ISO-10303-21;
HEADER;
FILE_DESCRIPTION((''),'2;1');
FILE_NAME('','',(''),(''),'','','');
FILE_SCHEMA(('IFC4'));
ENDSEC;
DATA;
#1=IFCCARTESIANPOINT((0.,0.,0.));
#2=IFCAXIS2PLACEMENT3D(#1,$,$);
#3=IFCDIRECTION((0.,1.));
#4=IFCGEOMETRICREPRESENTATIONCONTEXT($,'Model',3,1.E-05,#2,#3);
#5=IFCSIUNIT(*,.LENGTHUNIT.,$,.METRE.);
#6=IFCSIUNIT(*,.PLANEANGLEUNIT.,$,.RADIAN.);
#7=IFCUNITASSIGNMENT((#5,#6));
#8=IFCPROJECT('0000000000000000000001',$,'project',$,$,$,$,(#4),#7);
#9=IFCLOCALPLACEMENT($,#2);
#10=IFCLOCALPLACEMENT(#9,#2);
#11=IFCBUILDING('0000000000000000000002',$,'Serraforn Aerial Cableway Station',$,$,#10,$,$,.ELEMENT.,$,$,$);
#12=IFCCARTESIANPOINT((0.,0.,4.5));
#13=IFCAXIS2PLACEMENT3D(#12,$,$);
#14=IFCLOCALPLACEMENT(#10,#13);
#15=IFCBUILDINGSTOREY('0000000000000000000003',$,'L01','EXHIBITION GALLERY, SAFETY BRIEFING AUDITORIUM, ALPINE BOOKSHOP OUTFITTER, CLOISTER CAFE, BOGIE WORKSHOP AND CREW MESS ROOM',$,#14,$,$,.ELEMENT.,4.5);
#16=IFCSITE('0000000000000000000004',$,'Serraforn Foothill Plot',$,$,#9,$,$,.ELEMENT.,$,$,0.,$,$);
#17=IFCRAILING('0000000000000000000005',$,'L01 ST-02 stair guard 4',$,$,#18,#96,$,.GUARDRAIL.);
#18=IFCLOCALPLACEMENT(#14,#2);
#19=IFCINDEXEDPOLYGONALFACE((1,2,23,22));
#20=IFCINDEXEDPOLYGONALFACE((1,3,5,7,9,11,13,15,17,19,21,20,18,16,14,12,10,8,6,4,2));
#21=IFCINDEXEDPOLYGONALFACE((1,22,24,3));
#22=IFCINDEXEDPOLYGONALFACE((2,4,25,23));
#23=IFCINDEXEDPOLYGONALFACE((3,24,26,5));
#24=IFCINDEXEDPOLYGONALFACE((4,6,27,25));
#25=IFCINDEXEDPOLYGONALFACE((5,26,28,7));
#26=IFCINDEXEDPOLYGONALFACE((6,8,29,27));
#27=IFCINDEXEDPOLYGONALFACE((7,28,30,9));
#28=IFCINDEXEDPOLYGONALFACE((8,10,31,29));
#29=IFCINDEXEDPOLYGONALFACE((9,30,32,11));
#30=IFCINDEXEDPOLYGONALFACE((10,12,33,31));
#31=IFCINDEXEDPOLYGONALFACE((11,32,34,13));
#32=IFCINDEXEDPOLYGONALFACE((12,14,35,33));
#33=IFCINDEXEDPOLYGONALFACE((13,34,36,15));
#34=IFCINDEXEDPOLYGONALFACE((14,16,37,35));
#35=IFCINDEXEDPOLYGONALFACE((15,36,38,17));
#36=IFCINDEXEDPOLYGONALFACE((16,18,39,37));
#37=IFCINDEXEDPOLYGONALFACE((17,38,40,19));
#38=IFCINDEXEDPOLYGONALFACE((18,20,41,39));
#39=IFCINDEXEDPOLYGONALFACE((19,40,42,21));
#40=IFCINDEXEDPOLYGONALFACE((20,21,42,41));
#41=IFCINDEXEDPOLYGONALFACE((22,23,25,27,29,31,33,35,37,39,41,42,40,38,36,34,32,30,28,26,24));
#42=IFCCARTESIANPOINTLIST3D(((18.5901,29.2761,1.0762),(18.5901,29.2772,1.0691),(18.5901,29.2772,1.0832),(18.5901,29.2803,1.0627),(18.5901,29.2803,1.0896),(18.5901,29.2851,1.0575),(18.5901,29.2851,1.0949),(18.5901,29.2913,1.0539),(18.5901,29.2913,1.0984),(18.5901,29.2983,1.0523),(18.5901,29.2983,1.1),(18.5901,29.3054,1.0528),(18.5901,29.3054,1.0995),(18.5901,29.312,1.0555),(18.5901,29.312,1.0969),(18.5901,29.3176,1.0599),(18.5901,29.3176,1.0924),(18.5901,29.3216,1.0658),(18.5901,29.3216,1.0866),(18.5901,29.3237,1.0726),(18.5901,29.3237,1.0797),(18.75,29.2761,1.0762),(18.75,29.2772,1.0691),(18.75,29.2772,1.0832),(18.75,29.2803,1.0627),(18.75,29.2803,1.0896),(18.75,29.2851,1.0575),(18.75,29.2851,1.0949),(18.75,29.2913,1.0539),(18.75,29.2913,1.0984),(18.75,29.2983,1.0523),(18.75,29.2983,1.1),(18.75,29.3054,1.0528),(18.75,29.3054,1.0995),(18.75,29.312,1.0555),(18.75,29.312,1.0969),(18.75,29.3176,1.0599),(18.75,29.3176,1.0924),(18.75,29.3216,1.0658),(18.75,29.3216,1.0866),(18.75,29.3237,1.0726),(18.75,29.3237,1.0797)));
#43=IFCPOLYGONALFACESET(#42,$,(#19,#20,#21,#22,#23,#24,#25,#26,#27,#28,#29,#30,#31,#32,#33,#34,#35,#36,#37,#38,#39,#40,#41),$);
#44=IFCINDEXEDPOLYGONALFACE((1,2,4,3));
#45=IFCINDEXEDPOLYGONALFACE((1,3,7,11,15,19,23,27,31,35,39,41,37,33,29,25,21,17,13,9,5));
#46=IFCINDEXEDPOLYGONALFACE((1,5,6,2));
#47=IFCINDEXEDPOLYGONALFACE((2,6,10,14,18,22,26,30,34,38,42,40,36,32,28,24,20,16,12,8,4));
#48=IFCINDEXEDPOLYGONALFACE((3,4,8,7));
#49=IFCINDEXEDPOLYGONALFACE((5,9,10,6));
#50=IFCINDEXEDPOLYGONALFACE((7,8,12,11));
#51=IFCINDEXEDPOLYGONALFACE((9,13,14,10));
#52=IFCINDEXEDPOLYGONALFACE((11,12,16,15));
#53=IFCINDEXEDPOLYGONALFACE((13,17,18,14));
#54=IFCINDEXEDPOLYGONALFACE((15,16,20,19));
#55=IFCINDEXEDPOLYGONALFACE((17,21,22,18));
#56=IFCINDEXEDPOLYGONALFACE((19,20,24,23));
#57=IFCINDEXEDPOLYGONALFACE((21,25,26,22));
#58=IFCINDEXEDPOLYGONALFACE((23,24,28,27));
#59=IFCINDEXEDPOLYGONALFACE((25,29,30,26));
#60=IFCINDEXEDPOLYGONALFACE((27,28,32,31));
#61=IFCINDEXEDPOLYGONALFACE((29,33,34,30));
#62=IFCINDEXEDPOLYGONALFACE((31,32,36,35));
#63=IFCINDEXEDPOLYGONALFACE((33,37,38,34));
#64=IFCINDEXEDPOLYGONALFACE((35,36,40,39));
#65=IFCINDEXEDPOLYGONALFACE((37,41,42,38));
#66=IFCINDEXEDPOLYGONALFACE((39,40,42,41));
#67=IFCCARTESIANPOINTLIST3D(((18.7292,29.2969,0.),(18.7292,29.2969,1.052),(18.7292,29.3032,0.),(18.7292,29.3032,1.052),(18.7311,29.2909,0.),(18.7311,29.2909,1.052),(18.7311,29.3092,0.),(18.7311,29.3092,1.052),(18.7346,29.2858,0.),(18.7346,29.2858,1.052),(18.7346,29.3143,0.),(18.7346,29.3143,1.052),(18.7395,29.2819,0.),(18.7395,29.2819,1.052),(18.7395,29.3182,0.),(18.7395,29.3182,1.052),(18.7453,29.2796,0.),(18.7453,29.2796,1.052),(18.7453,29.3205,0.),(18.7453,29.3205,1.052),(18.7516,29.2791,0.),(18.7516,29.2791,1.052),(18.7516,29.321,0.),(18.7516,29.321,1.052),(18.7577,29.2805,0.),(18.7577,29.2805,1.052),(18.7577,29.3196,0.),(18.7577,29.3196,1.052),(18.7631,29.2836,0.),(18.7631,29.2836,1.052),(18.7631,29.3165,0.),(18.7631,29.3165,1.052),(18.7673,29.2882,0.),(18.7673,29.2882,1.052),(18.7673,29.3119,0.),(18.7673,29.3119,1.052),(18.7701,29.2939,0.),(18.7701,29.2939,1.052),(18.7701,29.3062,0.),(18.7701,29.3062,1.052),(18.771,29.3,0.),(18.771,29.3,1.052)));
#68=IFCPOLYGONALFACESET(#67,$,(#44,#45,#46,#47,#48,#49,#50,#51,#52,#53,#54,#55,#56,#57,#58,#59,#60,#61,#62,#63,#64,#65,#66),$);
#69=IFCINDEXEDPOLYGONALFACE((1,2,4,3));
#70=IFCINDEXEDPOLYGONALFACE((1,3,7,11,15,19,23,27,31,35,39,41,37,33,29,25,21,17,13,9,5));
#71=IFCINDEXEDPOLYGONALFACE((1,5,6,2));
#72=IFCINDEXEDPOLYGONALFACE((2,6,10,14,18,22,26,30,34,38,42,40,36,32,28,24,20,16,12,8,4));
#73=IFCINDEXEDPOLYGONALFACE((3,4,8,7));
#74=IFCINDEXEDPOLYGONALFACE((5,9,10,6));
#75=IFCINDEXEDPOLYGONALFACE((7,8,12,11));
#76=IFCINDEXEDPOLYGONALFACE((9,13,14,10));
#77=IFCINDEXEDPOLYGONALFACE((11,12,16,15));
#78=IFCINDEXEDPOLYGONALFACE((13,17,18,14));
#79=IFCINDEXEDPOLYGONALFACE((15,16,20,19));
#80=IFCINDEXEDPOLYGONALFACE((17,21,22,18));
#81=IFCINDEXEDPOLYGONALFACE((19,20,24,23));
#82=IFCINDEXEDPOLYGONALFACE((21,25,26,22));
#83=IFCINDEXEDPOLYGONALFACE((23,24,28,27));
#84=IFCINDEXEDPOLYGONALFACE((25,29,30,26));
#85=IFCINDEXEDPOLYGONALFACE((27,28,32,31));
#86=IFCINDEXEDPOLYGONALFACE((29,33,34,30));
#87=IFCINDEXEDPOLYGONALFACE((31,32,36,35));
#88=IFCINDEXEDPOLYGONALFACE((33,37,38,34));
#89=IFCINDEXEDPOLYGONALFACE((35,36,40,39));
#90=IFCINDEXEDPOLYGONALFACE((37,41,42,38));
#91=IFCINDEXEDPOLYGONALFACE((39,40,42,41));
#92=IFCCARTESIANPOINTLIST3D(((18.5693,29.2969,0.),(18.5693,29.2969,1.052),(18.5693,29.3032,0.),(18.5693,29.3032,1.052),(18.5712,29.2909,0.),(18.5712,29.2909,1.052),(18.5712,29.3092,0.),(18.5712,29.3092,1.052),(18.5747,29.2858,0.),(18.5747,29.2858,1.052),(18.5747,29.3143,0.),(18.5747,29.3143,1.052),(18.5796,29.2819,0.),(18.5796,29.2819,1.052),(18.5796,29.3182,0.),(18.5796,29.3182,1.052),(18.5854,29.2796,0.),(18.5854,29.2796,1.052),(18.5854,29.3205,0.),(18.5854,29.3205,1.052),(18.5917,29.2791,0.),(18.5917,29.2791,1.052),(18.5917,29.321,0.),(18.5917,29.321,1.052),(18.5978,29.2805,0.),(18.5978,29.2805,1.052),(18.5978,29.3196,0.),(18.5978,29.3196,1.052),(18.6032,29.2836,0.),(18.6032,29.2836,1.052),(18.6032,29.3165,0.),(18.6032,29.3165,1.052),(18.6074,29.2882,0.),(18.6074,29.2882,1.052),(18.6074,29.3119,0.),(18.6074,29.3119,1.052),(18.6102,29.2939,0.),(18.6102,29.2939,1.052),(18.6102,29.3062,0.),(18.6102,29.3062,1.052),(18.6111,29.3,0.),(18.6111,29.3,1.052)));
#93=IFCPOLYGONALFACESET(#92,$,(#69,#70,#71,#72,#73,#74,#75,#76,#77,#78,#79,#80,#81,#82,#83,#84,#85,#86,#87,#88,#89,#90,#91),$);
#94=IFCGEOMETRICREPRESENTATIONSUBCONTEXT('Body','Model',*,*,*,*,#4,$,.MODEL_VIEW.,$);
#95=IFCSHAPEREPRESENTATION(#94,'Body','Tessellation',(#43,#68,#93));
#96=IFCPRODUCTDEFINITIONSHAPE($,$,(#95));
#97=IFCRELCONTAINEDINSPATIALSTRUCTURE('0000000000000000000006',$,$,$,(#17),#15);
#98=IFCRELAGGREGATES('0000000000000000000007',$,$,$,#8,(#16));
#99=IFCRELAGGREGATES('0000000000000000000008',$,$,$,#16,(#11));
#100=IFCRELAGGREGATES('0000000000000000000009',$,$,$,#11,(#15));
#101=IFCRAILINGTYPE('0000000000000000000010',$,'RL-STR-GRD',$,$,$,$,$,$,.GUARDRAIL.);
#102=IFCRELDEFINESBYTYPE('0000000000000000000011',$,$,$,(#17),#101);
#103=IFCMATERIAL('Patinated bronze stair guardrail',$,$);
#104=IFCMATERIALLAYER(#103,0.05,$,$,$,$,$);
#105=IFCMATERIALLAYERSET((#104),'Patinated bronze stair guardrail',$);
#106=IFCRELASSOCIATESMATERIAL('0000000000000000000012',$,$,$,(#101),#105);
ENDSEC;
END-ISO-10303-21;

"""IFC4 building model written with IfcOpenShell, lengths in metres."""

from ifc_helpers import new_model, si_unit, direction, frame, origin, origin_2d, place, context, subcontext, project, spatial, circle, extrude, material, layer, layer_set, type_object, element, save


model = new_model("IFC4")

# Units and contexts
model_context = context("Model", 3, precision=1e-05, world=origin(), true_north=direction((0.0, 1.0)))
body_context = subcontext(model_context, "Body", "Model", "MODEL_VIEW")
ifc_project = project(units=[si_unit("LENGTHUNIT", "METRE"), si_unit("PLANEANGLEUNIT", "RADIAN")], contexts=[model_context])

# Site, building, storey
site_placement = place(None, origin())
site = spatial("IfcSite", under=ifc_project, at=site_placement, Name="Serraforn Foothill Plot", CompositionType="ELEMENT", RefElevation=0.0)
building_placement = place(site_placement, origin())
building = spatial("IfcBuilding", under=site, at=building_placement, Name="Serraforn Aerial Cableway Station", CompositionType="ELEMENT")
storey_placement = place(building_placement, frame((0.0, 0.0, 4.5)))
storey = spatial("IfcBuildingStorey", under=building, at=storey_placement, Name="L01", Description="EXHIBITION GALLERY, SAFETY BRIEFING AUDITORIUM, ALPINE BOOKSHOP OUTFITTER, CLOISTER CAFE, BOGIE WORKSHOP AND CREW MESS ROOM", CompositionType="ELEMENT", Elevation=4.5)

# Railing
ifc_material_1 = material(Name="Patinated bronze stair guardrail")
ifc_layer_1 = layer(ifc_material_1, 0.05)
ifc_layer_set_1 = layer_set([ifc_layer_1], Name="Patinated bronze stair guardrail")
railing_type_1 = type_object("IfcRailingType", Name="RL-STR-GRD", PredefinedType="GUARDRAIL", material=ifc_layer_set_1)
railing_1_placement = place(storey_placement, frame((18.75, 29.3, 0.0)))
element("IfcRailing", 1, at=railing_1_placement, inside=storey, type_object=railing_type_1, Name="L01 ST-02 stair guard 4", PredefinedType="GUARDRAIL", context=body_context, shape_type="SweptSolid", body=[
    extrude(circle(Radius=0.0239, at=origin_2d()), frame((0.0, 0.0, 1.0762), z_axis=(-1.0, 0.0, 0.0), x_axis=(0.0, -1.0, 0.0)), (0.0, 0.0, 1.0), 0.1599),
    extrude(circle(Radius=0.021, at=origin_2d()), origin(), (0.0, 0.0, 1.0), 1.052),
    extrude(circle(Radius=0.021, at=origin_2d()), frame((-0.1599, 0.0, 0.0)), (0.0, 0.0, 1.0), 1.052),
])

save(model, "model.ifc")
